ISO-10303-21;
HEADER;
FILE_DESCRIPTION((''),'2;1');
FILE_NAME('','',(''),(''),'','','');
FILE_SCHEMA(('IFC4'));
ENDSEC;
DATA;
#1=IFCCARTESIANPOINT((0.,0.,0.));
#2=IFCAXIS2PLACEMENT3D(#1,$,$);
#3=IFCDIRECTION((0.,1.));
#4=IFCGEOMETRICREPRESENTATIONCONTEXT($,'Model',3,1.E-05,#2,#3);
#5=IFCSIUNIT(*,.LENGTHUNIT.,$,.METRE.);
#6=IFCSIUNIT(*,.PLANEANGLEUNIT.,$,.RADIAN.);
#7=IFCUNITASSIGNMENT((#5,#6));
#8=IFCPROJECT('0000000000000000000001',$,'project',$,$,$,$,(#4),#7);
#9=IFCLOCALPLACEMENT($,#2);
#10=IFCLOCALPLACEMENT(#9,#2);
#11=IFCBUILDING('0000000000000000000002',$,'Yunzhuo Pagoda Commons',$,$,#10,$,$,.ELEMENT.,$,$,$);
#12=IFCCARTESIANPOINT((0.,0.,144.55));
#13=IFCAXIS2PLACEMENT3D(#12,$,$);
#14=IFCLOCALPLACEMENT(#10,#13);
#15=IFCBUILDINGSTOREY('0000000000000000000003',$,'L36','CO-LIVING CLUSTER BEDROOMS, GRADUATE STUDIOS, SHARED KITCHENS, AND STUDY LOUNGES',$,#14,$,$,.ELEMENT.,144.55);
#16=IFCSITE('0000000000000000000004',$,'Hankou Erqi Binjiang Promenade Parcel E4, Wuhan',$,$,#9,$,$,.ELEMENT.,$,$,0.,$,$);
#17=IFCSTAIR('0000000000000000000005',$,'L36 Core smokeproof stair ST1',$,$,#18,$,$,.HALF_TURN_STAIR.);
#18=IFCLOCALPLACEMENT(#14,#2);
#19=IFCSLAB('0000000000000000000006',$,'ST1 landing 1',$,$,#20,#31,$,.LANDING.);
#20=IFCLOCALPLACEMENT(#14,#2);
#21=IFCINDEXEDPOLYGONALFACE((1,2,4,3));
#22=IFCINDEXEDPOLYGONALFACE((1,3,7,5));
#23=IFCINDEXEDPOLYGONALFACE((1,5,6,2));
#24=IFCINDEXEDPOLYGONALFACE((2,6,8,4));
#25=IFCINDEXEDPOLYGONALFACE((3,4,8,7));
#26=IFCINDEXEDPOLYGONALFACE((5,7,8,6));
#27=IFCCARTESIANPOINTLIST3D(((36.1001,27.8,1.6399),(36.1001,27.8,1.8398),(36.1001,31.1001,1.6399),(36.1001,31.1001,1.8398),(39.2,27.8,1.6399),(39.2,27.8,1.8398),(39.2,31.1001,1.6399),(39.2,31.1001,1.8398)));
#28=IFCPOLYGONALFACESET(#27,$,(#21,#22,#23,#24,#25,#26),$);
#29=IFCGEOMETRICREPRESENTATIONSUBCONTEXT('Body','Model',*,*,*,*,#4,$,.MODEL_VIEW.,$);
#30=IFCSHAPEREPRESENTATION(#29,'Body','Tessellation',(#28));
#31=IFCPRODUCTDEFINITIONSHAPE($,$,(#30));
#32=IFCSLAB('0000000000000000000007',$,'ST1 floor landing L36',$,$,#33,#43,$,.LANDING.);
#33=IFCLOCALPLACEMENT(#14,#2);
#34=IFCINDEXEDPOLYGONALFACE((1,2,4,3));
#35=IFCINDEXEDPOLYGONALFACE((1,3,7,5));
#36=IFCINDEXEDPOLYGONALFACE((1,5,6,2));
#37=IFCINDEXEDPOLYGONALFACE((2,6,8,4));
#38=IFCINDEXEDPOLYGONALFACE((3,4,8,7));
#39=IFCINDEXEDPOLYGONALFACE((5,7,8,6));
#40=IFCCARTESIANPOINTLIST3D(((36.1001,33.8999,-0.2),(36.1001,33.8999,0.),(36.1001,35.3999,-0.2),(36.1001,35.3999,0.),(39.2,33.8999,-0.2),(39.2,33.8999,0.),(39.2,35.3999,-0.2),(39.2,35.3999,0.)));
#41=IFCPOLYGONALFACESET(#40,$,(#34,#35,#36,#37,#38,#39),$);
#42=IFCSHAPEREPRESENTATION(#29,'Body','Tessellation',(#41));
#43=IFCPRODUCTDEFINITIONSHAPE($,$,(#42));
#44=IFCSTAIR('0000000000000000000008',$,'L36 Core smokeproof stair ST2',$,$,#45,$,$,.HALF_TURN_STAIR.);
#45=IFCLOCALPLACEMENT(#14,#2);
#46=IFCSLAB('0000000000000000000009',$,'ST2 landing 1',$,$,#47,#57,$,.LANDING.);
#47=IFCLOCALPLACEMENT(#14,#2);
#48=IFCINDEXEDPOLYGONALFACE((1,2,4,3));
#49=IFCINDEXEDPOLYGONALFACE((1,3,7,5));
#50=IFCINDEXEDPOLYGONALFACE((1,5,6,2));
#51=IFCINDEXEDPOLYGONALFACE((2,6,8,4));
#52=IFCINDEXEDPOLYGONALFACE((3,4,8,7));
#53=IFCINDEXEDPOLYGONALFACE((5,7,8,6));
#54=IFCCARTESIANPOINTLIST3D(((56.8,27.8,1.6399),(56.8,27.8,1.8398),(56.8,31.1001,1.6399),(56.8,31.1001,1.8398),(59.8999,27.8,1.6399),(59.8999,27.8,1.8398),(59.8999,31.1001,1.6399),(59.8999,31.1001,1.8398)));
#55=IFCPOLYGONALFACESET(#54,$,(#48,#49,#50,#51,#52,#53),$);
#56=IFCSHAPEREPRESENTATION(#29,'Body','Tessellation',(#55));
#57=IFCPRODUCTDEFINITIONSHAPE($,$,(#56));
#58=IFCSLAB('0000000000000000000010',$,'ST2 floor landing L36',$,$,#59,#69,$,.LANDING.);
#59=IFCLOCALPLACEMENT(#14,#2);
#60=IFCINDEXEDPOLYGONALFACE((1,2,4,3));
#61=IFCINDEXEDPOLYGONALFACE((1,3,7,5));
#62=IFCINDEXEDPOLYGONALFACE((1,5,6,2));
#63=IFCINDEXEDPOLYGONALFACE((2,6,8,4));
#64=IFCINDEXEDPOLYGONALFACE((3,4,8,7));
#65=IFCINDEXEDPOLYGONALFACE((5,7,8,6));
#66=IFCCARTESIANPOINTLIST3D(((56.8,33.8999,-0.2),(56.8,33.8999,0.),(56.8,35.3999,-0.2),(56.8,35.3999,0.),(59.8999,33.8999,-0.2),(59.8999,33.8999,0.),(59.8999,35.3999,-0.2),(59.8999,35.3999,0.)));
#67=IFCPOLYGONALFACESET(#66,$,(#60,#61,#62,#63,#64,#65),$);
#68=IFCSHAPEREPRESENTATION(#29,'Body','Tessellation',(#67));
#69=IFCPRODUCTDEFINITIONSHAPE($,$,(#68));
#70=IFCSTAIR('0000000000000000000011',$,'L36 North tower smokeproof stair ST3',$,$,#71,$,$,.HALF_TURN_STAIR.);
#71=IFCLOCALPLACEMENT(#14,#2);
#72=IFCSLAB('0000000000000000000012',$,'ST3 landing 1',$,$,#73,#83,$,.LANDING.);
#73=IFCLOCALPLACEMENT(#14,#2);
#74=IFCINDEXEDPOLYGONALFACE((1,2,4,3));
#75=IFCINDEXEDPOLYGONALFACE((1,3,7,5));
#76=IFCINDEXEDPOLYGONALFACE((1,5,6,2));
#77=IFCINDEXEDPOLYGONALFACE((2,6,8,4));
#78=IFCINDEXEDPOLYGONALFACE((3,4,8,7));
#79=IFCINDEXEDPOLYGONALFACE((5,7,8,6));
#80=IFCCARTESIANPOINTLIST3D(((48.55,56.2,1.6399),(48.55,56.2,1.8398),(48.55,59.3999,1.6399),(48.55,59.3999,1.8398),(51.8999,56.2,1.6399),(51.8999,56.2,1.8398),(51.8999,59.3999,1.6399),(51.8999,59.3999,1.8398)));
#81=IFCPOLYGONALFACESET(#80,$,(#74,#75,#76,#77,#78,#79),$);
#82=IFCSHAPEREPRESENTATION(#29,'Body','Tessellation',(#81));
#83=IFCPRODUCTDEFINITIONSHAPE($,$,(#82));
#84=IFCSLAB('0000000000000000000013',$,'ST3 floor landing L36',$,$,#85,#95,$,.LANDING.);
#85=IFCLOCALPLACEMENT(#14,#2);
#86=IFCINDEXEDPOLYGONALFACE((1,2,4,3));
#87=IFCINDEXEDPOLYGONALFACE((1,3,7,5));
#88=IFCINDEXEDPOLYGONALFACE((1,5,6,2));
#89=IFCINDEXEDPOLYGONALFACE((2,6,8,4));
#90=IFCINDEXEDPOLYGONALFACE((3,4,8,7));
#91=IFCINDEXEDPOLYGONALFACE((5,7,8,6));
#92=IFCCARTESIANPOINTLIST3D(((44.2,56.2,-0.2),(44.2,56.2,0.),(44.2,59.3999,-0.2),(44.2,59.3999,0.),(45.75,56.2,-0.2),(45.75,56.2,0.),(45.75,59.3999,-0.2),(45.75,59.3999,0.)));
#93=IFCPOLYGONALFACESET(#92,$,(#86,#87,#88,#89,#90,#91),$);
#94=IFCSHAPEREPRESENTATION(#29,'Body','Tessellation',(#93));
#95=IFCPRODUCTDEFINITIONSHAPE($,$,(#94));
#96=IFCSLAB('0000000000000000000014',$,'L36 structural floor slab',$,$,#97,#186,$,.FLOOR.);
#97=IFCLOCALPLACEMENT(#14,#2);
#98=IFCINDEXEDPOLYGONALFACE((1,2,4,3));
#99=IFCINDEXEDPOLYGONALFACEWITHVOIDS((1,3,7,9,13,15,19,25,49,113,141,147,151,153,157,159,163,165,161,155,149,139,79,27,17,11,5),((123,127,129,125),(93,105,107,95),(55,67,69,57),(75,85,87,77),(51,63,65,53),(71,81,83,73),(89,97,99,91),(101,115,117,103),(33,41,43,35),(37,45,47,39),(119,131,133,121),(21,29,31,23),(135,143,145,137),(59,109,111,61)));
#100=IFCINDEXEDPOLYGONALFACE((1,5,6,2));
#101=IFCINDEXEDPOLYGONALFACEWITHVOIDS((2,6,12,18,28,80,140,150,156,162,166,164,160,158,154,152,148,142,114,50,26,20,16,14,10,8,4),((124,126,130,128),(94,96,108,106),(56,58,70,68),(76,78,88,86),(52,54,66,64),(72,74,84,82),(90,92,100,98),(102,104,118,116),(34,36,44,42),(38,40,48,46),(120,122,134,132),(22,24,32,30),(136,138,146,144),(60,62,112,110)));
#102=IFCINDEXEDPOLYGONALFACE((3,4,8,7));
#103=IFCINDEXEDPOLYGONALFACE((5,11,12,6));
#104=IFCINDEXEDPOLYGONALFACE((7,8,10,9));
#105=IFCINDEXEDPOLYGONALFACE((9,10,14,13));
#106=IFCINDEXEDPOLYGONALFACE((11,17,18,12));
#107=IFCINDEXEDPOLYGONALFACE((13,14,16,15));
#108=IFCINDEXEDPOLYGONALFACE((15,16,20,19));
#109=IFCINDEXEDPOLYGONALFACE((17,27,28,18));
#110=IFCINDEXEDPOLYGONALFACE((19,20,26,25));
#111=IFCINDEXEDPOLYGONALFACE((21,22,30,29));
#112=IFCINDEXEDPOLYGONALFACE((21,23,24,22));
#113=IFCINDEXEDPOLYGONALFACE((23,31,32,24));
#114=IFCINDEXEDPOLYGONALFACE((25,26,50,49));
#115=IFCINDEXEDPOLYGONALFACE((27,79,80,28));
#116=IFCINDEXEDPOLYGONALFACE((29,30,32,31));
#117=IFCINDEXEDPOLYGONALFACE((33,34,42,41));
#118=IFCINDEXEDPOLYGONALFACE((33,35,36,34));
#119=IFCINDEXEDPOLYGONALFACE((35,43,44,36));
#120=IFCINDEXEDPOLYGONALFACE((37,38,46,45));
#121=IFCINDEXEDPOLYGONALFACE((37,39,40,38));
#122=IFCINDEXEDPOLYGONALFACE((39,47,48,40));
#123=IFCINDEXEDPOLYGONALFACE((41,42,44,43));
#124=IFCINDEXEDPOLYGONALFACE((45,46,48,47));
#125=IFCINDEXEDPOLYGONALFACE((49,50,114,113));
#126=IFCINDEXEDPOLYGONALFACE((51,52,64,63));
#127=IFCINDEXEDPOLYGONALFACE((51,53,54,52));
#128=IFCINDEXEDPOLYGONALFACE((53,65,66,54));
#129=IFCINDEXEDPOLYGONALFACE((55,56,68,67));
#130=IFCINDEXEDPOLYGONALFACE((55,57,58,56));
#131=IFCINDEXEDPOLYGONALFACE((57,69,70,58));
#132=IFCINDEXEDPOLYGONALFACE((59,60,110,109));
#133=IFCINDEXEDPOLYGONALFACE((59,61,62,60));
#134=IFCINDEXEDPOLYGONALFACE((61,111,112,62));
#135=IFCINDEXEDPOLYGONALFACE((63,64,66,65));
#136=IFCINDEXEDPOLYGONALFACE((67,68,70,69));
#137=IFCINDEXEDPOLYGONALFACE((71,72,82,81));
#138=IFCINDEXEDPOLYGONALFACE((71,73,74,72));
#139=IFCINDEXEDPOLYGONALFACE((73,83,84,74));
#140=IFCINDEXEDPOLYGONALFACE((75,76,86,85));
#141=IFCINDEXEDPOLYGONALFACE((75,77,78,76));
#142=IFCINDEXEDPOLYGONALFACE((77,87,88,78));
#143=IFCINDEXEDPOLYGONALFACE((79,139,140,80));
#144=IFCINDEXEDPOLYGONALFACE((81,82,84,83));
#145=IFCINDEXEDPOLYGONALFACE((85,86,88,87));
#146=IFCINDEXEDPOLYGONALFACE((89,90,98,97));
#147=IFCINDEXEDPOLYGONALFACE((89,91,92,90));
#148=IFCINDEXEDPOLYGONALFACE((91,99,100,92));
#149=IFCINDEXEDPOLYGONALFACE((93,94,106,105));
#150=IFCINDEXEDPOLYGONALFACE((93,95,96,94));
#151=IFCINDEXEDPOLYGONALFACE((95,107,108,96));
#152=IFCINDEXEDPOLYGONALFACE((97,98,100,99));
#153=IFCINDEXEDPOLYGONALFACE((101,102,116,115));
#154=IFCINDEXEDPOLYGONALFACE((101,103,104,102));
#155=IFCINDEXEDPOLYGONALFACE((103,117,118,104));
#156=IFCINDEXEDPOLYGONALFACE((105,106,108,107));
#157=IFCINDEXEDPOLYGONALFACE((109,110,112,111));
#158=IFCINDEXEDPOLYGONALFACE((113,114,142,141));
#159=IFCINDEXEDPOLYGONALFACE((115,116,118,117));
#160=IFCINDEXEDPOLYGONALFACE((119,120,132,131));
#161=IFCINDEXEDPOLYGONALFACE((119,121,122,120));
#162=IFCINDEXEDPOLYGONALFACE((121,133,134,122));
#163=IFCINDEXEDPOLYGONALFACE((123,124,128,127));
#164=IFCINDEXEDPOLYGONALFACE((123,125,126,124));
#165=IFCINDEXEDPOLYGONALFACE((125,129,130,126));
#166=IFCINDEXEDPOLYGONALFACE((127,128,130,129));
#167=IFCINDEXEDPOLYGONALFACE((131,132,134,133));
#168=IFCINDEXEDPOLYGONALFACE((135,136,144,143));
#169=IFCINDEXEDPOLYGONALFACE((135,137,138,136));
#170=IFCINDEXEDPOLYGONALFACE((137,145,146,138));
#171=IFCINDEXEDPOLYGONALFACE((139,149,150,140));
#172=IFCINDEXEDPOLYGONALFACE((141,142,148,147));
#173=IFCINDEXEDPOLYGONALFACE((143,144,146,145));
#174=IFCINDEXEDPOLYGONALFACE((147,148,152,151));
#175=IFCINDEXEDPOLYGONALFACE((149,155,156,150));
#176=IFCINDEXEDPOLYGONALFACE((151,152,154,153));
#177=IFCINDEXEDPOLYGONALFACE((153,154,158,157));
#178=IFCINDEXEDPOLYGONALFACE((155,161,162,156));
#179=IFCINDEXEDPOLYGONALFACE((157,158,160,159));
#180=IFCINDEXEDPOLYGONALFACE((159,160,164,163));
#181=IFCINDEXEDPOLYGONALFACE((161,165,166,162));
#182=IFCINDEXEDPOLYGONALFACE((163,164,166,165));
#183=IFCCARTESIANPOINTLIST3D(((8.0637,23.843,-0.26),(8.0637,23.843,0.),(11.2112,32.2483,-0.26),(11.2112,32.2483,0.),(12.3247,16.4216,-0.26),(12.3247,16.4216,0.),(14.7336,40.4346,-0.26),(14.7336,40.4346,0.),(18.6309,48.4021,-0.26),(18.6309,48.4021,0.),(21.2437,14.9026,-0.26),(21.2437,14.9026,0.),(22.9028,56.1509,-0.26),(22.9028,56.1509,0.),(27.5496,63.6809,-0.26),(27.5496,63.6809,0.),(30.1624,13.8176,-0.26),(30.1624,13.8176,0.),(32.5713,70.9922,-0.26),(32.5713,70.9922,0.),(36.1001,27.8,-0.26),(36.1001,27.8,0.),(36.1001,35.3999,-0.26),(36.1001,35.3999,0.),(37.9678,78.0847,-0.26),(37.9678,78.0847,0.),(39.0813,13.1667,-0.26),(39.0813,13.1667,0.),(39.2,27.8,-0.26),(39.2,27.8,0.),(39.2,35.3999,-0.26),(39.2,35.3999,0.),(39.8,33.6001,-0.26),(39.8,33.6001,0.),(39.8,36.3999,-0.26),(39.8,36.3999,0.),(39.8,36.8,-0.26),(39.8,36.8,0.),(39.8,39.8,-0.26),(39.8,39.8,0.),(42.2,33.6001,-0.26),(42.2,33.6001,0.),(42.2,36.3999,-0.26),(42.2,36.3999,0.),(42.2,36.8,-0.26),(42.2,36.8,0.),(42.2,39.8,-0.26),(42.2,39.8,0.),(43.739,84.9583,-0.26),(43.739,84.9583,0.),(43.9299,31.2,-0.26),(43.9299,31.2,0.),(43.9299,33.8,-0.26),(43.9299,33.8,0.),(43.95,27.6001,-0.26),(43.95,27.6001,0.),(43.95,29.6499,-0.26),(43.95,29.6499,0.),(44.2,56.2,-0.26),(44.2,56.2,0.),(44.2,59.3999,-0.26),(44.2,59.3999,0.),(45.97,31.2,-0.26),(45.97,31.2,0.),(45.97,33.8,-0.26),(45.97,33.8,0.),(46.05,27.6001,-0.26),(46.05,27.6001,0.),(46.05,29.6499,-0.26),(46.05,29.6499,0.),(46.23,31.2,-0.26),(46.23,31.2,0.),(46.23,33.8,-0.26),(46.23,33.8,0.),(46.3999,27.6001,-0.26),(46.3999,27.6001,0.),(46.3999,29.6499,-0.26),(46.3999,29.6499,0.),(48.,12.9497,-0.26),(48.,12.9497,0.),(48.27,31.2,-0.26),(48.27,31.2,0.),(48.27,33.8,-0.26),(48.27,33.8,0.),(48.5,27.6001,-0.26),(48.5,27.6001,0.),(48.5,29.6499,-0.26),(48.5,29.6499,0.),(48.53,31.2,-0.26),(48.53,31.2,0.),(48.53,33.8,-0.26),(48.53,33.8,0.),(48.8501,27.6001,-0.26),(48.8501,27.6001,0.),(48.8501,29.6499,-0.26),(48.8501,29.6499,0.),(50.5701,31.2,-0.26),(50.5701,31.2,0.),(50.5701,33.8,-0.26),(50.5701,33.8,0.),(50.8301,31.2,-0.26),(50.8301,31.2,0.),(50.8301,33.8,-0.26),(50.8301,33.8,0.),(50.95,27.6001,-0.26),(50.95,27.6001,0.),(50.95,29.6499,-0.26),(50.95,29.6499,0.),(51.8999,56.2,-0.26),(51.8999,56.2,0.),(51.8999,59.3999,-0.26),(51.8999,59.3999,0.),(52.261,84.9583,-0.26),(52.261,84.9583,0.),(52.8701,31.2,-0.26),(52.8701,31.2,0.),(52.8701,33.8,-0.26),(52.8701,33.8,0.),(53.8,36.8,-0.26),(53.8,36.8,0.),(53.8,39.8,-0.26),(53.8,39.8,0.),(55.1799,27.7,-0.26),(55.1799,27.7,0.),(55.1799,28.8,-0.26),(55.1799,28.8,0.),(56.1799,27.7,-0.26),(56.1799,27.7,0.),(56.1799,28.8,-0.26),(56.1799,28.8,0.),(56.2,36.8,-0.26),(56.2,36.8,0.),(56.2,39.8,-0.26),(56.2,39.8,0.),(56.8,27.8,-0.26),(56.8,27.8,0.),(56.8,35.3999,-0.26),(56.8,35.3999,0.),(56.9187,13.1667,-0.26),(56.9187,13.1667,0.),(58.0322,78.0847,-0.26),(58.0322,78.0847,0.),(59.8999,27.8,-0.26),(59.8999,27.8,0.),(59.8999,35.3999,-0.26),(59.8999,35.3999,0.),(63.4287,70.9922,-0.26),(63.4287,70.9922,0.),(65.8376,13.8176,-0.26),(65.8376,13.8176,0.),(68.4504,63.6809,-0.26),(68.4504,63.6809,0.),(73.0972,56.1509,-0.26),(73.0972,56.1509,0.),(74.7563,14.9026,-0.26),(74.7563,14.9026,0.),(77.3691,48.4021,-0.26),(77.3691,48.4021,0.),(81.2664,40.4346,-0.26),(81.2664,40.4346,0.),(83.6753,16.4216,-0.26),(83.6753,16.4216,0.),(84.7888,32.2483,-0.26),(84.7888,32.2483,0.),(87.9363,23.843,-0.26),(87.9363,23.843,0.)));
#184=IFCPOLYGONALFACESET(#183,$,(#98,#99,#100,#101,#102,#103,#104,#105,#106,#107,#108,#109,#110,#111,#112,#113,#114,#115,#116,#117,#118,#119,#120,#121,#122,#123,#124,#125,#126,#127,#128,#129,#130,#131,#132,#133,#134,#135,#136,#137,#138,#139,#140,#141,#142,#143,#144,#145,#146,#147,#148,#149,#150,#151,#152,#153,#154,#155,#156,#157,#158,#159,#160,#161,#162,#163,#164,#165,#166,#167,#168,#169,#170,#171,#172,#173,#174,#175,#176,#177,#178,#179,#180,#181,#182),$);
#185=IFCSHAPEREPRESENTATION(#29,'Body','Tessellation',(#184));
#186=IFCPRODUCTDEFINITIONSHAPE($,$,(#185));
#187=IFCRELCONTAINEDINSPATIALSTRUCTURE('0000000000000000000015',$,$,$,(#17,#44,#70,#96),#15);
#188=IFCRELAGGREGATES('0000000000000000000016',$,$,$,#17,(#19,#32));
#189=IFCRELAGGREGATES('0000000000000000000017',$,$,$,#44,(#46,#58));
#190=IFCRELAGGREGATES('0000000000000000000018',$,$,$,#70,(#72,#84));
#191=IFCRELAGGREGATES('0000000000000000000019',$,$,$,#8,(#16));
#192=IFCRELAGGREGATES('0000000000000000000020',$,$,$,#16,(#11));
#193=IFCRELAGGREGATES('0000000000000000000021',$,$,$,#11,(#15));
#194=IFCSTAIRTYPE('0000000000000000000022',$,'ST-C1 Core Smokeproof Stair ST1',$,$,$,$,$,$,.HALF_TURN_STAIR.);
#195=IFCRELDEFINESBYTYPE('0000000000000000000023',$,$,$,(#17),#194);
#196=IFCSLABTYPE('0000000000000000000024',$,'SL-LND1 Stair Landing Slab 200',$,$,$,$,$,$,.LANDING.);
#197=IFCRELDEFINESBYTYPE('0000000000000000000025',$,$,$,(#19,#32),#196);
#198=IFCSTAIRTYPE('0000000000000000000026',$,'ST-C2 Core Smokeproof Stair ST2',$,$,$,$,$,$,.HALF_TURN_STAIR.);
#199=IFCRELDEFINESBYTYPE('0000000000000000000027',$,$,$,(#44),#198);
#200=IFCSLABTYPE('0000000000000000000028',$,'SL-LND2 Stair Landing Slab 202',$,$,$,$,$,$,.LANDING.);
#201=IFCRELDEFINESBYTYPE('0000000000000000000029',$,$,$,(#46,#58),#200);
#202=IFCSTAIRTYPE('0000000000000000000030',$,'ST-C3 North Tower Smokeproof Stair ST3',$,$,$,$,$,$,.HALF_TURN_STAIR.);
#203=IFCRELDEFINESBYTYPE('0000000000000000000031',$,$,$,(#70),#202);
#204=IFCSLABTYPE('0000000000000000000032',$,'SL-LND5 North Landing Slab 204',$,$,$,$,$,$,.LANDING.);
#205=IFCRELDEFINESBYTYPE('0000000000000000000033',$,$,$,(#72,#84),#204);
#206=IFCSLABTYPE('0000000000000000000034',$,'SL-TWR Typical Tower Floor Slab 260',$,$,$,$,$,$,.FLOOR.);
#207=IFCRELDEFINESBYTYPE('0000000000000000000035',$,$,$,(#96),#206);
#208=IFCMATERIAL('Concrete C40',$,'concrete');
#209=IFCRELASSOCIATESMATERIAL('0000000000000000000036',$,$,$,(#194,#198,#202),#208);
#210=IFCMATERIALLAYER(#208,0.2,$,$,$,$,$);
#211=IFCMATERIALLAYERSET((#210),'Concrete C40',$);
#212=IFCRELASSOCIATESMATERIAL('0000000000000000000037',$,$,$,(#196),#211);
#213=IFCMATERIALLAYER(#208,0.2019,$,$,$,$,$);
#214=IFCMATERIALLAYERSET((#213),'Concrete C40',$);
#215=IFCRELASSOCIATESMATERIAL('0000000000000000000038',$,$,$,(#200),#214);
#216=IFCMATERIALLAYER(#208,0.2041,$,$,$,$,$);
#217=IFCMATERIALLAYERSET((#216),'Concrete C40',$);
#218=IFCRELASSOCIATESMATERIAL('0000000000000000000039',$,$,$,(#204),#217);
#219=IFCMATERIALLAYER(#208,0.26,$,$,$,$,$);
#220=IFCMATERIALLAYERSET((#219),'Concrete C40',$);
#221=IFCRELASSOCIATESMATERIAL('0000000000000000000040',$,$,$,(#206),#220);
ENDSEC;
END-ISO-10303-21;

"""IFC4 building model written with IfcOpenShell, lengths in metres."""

from ifc_helpers import new_model, si_unit, direction, frame, origin, place, context, subcontext, project, spatial, polyline, outline, extrude, material, layer, layer_set, type_object, element, aggregate, save


model = new_model("IFC4")

# Units and contexts
model_context = context("Model", 3, precision=1e-05, world=origin(), true_north=direction((0.0, 1.0)))
body_context = subcontext(model_context, "Body", "Model", "MODEL_VIEW")
ifc_project = project(units=[si_unit("LENGTHUNIT", "METRE"), si_unit("PLANEANGLEUNIT", "RADIAN")], contexts=[model_context])

# Site, building, storey
site_placement = place(None, origin())
site = spatial("IfcSite", under=ifc_project, at=site_placement, Name="Hankou Erqi Binjiang Promenade Parcel E4, Wuhan", CompositionType="ELEMENT", RefElevation=0.0)
building_placement = place(site_placement, origin())
building = spatial("IfcBuilding", under=site, at=building_placement, Name="Yunzhuo Pagoda Commons", CompositionType="ELEMENT")
storey_placement = place(building_placement, frame((0.0, 0.0, 144.55)))
storey = spatial("IfcBuildingStorey", under=building, at=storey_placement, Name="L36", Description="CO-LIVING CLUSTER BEDROOMS, GRADUATE STUDIOS, SHARED KITCHENS, AND STUDY LOUNGES", CompositionType="ELEMENT", Elevation=144.55)

# Shared definitions
ifc_material_1 = material(Name="Concrete C40", Category="concrete")

# Stairs, slabs
stair_type_1 = type_object("IfcStairType", Name="ST-C1 Core Smokeproof Stair ST1", PredefinedType="HALF_TURN_STAIR", material=ifc_material_1)
stair_1_placement = place(storey_placement, origin())
stair_1 = element("IfcStair", 1, at=stair_1_placement, inside=storey, type_object=stair_type_1, Name="L36 Core smokeproof stair ST1", PredefinedType="HALF_TURN_STAIR")
ifc_layer_1 = layer(ifc_material_1, 0.2)
ifc_layer_set_1 = layer_set([ifc_layer_1], Name="Concrete C40")
slab_type_1 = type_object("IfcSlabType", Name="SL-LND1 Stair Landing Slab 200", PredefinedType="LANDING", material=ifc_layer_set_1)
slab_1_placement = place(storey_placement, frame((0.0, 0.0, 1.6399)))
slab_1 = element("IfcSlab", 2, at=slab_1_placement, type_object=slab_type_1, Name="ST1 landing 1", PredefinedType="LANDING", context=body_context, shape_type="SweptSolid", body=[
    extrude(outline(polyline([(36.1001, 31.1001), (36.1001, 27.8), (39.2, 27.8), (39.2, 31.1001), (36.1001, 31.1001)])), origin(), (0.0, 0.0, 1.0), 0.2),
])
slab_2_placement = place(storey_placement, frame((0.0, 0.0, -0.2)))
slab_2 = element("IfcSlab", 3, at=slab_2_placement, type_object=slab_type_1, Name="ST1 floor landing L36", PredefinedType="LANDING", context=body_context, shape_type="SweptSolid", body=[
    extrude(outline(polyline([(36.1001, 35.3999), (36.1001, 33.8999), (39.2, 33.8999), (39.2, 35.3999), (36.1001, 35.3999)])), origin(), (0.0, 0.0, 1.0), 0.2),
])
aggregate(stair_1, [slab_1, slab_2])
stair_type_2 = type_object("IfcStairType", Name="ST-C2 Core Smokeproof Stair ST2", PredefinedType="HALF_TURN_STAIR", material=ifc_material_1)
stair_2_placement = place(storey_placement, origin())
stair_2 = element("IfcStair", 4, at=stair_2_placement, inside=storey, type_object=stair_type_2, Name="L36 Core smokeproof stair ST2", PredefinedType="HALF_TURN_STAIR")
ifc_layer_2 = layer(ifc_material_1, 0.2019)
ifc_layer_set_2 = layer_set([ifc_layer_2], Name="Concrete C40")
slab_type_2 = type_object("IfcSlabType", Name="SL-LND2 Stair Landing Slab 202", PredefinedType="LANDING", material=ifc_layer_set_2)
slab_3_placement = place(storey_placement, frame((0.0, 0.0, 1.6399)))
slab_3 = element("IfcSlab", 5, at=slab_3_placement, type_object=slab_type_2, Name="ST2 landing 1", PredefinedType="LANDING", context=body_context, shape_type="SweptSolid", body=[
    extrude(outline(polyline([(56.8, 31.1001), (56.8, 27.8), (59.8999, 27.8), (59.8999, 31.1001), (56.8, 31.1001)])), origin(), (0.0, 0.0, 1.0), 0.2),
])
slab_4_placement = place(storey_placement, frame((0.0, 0.0, -0.2)))
slab_4 = element("IfcSlab", 6, at=slab_4_placement, type_object=slab_type_2, Name="ST2 floor landing L36", PredefinedType="LANDING", context=body_context, shape_type="SweptSolid", body=[
    extrude(outline(polyline([(56.8, 35.3999), (56.8, 33.8999), (59.8999, 33.8999), (59.8999, 35.3999), (56.8, 35.3999)])), origin(), (0.0, 0.0, 1.0), 0.2),
])
aggregate(stair_2, [slab_3, slab_4])
stair_type_3 = type_object("IfcStairType", Name="ST-C3 North Tower Smokeproof Stair ST3", PredefinedType="HALF_TURN_STAIR", material=ifc_material_1)
stair_3_placement = place(storey_placement, origin())
stair_3 = element("IfcStair", 7, at=stair_3_placement, inside=storey, type_object=stair_type_3, Name="L36 North tower smokeproof stair ST3", PredefinedType="HALF_TURN_STAIR")
ifc_layer_3 = layer(ifc_material_1, 0.2041)
ifc_layer_set_3 = layer_set([ifc_layer_3], Name="Concrete C40")
slab_type_3 = type_object("IfcSlabType", Name="SL-LND5 North Landing Slab 204", PredefinedType="LANDING", material=ifc_layer_set_3)
slab_5_placement = place(storey_placement, frame((0.0, 0.0, 1.6399)))
slab_5 = element("IfcSlab", 8, at=slab_5_placement, type_object=slab_type_3, Name="ST3 landing 1", PredefinedType="LANDING", context=body_context, shape_type="SweptSolid", body=[
    extrude(outline(polyline([(48.55, 56.2), (51.8999, 56.2), (51.8999, 59.3999), (48.55, 59.3999), (48.55, 56.2)])), origin(), (0.0, 0.0, 1.0), 0.2),
])
slab_6_placement = place(storey_placement, frame((0.0, 0.0, -0.2)))
slab_6 = element("IfcSlab", 9, at=slab_6_placement, type_object=slab_type_3, Name="ST3 floor landing L36", PredefinedType="LANDING", context=body_context, shape_type="SweptSolid", body=[
    extrude(outline(polyline([(44.2, 56.2), (45.75, 56.2), (45.75, 59.3999), (44.2, 59.3999), (44.2, 56.2)])), origin(), (0.0, 0.0, 1.0), 0.2),
])
aggregate(stair_3, [slab_5, slab_6])

# Slab
ifc_layer_4 = layer(ifc_material_1, 0.26)
ifc_layer_set_4 = layer_set([ifc_layer_4], Name="Concrete C40")
slab_type_4 = type_object("IfcSlabType", Name="SL-TWR Typical Tower Floor Slab 260", PredefinedType="FLOOR", material=ifc_layer_set_4)
slab_7_placement = place(storey_placement, frame((0.0, 0.0, -0.26)))
element("IfcSlab", 10, at=slab_7_placement, inside=storey, type_object=slab_type_4, Name="L36 structural floor slab", PredefinedType="FLOOR", context=body_context, shape_type="SweptSolid", body=[
    extrude(outline(polyline([(11.2112, 32.2483), (14.7336, 40.4346), (18.6309, 48.4021), (22.9028, 56.1509), (27.5496, 63.6809), (32.5713, 70.9922), (37.9678, 78.0847), (43.739, 84.9583), (52.261, 84.9583), (58.0322, 78.0847), (63.4287, 70.9922), (68.4504, 63.6809), (73.0972, 56.1509), (77.3691, 48.4021), (81.2664, 40.4346), (84.7888, 32.2483), (87.9363, 23.843), (83.6753, 16.4216), (74.7563, 14.9026), (65.8376, 13.8176), (56.9187, 13.1667), (48.0, 12.9497), (39.0813, 13.1667), (30.1624, 13.8176), (21.2437, 14.9026), (12.3247, 16.4216), (8.0637, 23.843), (11.2112, 32.2483)]), holes=[polyline([(46.05, 29.6499), (43.95, 29.6499), (43.95, 27.6001), (46.05, 27.6001), (46.05, 29.6499)]), polyline([(48.5, 27.6001), (48.5, 29.6499), (46.3999, 29.6499), (46.3999, 27.6001), (48.5, 27.6001)]), polyline([(36.1001, 27.8), (39.2, 27.8), (39.2, 35.3999), (36.1001, 35.3999), (36.1001, 27.8)]), polyline([(45.97, 31.2), (45.97, 33.8), (43.9299, 33.8), (43.9299, 31.2), (45.97, 31.2)]), polyline([(48.27, 31.2), (48.27, 33.8), (46.23, 33.8), (46.23, 31.2), (48.27, 31.2)]), polyline([(42.2, 33.6001), (42.2, 36.3999), (39.8, 36.3999), (39.8, 33.6001), (42.2, 33.6001)]), polyline([(42.2, 36.8), (42.2, 39.8), (39.8, 39.8), (39.8, 36.8), (42.2, 36.8)]), polyline([(56.1799, 28.8), (55.1799, 28.8), (55.1799, 27.7), (56.1799, 27.7), (56.1799, 28.8)]), polyline([(50.95, 27.6001), (50.95, 29.6499), (48.8501, 29.6499), (48.8501, 27.6001), (50.95, 27.6001)]), polyline([(56.8, 27.8), (59.8999, 27.8), (59.8999, 35.3999), (56.8, 35.3999), (56.8, 27.8)]), polyline([(50.5701, 31.2), (50.5701, 33.8), (48.53, 33.8), (48.53, 31.2), (50.5701, 31.2)]), polyline([(52.8701, 31.2), (52.8701, 33.8), (50.8301, 33.8), (50.8301, 31.2), (52.8701, 31.2)]), polyline([(56.2, 36.8), (56.2, 39.8), (53.8, 39.8), (53.8, 36.8), (56.2, 36.8)]), polyline([(51.8999, 56.2), (51.8999, 59.3999), (44.2, 59.3999), (44.2, 56.2), (51.8999, 56.2)])]), origin(), (0.0, 0.0, 1.0), 0.26),
])

save(model, "model.ifc")
